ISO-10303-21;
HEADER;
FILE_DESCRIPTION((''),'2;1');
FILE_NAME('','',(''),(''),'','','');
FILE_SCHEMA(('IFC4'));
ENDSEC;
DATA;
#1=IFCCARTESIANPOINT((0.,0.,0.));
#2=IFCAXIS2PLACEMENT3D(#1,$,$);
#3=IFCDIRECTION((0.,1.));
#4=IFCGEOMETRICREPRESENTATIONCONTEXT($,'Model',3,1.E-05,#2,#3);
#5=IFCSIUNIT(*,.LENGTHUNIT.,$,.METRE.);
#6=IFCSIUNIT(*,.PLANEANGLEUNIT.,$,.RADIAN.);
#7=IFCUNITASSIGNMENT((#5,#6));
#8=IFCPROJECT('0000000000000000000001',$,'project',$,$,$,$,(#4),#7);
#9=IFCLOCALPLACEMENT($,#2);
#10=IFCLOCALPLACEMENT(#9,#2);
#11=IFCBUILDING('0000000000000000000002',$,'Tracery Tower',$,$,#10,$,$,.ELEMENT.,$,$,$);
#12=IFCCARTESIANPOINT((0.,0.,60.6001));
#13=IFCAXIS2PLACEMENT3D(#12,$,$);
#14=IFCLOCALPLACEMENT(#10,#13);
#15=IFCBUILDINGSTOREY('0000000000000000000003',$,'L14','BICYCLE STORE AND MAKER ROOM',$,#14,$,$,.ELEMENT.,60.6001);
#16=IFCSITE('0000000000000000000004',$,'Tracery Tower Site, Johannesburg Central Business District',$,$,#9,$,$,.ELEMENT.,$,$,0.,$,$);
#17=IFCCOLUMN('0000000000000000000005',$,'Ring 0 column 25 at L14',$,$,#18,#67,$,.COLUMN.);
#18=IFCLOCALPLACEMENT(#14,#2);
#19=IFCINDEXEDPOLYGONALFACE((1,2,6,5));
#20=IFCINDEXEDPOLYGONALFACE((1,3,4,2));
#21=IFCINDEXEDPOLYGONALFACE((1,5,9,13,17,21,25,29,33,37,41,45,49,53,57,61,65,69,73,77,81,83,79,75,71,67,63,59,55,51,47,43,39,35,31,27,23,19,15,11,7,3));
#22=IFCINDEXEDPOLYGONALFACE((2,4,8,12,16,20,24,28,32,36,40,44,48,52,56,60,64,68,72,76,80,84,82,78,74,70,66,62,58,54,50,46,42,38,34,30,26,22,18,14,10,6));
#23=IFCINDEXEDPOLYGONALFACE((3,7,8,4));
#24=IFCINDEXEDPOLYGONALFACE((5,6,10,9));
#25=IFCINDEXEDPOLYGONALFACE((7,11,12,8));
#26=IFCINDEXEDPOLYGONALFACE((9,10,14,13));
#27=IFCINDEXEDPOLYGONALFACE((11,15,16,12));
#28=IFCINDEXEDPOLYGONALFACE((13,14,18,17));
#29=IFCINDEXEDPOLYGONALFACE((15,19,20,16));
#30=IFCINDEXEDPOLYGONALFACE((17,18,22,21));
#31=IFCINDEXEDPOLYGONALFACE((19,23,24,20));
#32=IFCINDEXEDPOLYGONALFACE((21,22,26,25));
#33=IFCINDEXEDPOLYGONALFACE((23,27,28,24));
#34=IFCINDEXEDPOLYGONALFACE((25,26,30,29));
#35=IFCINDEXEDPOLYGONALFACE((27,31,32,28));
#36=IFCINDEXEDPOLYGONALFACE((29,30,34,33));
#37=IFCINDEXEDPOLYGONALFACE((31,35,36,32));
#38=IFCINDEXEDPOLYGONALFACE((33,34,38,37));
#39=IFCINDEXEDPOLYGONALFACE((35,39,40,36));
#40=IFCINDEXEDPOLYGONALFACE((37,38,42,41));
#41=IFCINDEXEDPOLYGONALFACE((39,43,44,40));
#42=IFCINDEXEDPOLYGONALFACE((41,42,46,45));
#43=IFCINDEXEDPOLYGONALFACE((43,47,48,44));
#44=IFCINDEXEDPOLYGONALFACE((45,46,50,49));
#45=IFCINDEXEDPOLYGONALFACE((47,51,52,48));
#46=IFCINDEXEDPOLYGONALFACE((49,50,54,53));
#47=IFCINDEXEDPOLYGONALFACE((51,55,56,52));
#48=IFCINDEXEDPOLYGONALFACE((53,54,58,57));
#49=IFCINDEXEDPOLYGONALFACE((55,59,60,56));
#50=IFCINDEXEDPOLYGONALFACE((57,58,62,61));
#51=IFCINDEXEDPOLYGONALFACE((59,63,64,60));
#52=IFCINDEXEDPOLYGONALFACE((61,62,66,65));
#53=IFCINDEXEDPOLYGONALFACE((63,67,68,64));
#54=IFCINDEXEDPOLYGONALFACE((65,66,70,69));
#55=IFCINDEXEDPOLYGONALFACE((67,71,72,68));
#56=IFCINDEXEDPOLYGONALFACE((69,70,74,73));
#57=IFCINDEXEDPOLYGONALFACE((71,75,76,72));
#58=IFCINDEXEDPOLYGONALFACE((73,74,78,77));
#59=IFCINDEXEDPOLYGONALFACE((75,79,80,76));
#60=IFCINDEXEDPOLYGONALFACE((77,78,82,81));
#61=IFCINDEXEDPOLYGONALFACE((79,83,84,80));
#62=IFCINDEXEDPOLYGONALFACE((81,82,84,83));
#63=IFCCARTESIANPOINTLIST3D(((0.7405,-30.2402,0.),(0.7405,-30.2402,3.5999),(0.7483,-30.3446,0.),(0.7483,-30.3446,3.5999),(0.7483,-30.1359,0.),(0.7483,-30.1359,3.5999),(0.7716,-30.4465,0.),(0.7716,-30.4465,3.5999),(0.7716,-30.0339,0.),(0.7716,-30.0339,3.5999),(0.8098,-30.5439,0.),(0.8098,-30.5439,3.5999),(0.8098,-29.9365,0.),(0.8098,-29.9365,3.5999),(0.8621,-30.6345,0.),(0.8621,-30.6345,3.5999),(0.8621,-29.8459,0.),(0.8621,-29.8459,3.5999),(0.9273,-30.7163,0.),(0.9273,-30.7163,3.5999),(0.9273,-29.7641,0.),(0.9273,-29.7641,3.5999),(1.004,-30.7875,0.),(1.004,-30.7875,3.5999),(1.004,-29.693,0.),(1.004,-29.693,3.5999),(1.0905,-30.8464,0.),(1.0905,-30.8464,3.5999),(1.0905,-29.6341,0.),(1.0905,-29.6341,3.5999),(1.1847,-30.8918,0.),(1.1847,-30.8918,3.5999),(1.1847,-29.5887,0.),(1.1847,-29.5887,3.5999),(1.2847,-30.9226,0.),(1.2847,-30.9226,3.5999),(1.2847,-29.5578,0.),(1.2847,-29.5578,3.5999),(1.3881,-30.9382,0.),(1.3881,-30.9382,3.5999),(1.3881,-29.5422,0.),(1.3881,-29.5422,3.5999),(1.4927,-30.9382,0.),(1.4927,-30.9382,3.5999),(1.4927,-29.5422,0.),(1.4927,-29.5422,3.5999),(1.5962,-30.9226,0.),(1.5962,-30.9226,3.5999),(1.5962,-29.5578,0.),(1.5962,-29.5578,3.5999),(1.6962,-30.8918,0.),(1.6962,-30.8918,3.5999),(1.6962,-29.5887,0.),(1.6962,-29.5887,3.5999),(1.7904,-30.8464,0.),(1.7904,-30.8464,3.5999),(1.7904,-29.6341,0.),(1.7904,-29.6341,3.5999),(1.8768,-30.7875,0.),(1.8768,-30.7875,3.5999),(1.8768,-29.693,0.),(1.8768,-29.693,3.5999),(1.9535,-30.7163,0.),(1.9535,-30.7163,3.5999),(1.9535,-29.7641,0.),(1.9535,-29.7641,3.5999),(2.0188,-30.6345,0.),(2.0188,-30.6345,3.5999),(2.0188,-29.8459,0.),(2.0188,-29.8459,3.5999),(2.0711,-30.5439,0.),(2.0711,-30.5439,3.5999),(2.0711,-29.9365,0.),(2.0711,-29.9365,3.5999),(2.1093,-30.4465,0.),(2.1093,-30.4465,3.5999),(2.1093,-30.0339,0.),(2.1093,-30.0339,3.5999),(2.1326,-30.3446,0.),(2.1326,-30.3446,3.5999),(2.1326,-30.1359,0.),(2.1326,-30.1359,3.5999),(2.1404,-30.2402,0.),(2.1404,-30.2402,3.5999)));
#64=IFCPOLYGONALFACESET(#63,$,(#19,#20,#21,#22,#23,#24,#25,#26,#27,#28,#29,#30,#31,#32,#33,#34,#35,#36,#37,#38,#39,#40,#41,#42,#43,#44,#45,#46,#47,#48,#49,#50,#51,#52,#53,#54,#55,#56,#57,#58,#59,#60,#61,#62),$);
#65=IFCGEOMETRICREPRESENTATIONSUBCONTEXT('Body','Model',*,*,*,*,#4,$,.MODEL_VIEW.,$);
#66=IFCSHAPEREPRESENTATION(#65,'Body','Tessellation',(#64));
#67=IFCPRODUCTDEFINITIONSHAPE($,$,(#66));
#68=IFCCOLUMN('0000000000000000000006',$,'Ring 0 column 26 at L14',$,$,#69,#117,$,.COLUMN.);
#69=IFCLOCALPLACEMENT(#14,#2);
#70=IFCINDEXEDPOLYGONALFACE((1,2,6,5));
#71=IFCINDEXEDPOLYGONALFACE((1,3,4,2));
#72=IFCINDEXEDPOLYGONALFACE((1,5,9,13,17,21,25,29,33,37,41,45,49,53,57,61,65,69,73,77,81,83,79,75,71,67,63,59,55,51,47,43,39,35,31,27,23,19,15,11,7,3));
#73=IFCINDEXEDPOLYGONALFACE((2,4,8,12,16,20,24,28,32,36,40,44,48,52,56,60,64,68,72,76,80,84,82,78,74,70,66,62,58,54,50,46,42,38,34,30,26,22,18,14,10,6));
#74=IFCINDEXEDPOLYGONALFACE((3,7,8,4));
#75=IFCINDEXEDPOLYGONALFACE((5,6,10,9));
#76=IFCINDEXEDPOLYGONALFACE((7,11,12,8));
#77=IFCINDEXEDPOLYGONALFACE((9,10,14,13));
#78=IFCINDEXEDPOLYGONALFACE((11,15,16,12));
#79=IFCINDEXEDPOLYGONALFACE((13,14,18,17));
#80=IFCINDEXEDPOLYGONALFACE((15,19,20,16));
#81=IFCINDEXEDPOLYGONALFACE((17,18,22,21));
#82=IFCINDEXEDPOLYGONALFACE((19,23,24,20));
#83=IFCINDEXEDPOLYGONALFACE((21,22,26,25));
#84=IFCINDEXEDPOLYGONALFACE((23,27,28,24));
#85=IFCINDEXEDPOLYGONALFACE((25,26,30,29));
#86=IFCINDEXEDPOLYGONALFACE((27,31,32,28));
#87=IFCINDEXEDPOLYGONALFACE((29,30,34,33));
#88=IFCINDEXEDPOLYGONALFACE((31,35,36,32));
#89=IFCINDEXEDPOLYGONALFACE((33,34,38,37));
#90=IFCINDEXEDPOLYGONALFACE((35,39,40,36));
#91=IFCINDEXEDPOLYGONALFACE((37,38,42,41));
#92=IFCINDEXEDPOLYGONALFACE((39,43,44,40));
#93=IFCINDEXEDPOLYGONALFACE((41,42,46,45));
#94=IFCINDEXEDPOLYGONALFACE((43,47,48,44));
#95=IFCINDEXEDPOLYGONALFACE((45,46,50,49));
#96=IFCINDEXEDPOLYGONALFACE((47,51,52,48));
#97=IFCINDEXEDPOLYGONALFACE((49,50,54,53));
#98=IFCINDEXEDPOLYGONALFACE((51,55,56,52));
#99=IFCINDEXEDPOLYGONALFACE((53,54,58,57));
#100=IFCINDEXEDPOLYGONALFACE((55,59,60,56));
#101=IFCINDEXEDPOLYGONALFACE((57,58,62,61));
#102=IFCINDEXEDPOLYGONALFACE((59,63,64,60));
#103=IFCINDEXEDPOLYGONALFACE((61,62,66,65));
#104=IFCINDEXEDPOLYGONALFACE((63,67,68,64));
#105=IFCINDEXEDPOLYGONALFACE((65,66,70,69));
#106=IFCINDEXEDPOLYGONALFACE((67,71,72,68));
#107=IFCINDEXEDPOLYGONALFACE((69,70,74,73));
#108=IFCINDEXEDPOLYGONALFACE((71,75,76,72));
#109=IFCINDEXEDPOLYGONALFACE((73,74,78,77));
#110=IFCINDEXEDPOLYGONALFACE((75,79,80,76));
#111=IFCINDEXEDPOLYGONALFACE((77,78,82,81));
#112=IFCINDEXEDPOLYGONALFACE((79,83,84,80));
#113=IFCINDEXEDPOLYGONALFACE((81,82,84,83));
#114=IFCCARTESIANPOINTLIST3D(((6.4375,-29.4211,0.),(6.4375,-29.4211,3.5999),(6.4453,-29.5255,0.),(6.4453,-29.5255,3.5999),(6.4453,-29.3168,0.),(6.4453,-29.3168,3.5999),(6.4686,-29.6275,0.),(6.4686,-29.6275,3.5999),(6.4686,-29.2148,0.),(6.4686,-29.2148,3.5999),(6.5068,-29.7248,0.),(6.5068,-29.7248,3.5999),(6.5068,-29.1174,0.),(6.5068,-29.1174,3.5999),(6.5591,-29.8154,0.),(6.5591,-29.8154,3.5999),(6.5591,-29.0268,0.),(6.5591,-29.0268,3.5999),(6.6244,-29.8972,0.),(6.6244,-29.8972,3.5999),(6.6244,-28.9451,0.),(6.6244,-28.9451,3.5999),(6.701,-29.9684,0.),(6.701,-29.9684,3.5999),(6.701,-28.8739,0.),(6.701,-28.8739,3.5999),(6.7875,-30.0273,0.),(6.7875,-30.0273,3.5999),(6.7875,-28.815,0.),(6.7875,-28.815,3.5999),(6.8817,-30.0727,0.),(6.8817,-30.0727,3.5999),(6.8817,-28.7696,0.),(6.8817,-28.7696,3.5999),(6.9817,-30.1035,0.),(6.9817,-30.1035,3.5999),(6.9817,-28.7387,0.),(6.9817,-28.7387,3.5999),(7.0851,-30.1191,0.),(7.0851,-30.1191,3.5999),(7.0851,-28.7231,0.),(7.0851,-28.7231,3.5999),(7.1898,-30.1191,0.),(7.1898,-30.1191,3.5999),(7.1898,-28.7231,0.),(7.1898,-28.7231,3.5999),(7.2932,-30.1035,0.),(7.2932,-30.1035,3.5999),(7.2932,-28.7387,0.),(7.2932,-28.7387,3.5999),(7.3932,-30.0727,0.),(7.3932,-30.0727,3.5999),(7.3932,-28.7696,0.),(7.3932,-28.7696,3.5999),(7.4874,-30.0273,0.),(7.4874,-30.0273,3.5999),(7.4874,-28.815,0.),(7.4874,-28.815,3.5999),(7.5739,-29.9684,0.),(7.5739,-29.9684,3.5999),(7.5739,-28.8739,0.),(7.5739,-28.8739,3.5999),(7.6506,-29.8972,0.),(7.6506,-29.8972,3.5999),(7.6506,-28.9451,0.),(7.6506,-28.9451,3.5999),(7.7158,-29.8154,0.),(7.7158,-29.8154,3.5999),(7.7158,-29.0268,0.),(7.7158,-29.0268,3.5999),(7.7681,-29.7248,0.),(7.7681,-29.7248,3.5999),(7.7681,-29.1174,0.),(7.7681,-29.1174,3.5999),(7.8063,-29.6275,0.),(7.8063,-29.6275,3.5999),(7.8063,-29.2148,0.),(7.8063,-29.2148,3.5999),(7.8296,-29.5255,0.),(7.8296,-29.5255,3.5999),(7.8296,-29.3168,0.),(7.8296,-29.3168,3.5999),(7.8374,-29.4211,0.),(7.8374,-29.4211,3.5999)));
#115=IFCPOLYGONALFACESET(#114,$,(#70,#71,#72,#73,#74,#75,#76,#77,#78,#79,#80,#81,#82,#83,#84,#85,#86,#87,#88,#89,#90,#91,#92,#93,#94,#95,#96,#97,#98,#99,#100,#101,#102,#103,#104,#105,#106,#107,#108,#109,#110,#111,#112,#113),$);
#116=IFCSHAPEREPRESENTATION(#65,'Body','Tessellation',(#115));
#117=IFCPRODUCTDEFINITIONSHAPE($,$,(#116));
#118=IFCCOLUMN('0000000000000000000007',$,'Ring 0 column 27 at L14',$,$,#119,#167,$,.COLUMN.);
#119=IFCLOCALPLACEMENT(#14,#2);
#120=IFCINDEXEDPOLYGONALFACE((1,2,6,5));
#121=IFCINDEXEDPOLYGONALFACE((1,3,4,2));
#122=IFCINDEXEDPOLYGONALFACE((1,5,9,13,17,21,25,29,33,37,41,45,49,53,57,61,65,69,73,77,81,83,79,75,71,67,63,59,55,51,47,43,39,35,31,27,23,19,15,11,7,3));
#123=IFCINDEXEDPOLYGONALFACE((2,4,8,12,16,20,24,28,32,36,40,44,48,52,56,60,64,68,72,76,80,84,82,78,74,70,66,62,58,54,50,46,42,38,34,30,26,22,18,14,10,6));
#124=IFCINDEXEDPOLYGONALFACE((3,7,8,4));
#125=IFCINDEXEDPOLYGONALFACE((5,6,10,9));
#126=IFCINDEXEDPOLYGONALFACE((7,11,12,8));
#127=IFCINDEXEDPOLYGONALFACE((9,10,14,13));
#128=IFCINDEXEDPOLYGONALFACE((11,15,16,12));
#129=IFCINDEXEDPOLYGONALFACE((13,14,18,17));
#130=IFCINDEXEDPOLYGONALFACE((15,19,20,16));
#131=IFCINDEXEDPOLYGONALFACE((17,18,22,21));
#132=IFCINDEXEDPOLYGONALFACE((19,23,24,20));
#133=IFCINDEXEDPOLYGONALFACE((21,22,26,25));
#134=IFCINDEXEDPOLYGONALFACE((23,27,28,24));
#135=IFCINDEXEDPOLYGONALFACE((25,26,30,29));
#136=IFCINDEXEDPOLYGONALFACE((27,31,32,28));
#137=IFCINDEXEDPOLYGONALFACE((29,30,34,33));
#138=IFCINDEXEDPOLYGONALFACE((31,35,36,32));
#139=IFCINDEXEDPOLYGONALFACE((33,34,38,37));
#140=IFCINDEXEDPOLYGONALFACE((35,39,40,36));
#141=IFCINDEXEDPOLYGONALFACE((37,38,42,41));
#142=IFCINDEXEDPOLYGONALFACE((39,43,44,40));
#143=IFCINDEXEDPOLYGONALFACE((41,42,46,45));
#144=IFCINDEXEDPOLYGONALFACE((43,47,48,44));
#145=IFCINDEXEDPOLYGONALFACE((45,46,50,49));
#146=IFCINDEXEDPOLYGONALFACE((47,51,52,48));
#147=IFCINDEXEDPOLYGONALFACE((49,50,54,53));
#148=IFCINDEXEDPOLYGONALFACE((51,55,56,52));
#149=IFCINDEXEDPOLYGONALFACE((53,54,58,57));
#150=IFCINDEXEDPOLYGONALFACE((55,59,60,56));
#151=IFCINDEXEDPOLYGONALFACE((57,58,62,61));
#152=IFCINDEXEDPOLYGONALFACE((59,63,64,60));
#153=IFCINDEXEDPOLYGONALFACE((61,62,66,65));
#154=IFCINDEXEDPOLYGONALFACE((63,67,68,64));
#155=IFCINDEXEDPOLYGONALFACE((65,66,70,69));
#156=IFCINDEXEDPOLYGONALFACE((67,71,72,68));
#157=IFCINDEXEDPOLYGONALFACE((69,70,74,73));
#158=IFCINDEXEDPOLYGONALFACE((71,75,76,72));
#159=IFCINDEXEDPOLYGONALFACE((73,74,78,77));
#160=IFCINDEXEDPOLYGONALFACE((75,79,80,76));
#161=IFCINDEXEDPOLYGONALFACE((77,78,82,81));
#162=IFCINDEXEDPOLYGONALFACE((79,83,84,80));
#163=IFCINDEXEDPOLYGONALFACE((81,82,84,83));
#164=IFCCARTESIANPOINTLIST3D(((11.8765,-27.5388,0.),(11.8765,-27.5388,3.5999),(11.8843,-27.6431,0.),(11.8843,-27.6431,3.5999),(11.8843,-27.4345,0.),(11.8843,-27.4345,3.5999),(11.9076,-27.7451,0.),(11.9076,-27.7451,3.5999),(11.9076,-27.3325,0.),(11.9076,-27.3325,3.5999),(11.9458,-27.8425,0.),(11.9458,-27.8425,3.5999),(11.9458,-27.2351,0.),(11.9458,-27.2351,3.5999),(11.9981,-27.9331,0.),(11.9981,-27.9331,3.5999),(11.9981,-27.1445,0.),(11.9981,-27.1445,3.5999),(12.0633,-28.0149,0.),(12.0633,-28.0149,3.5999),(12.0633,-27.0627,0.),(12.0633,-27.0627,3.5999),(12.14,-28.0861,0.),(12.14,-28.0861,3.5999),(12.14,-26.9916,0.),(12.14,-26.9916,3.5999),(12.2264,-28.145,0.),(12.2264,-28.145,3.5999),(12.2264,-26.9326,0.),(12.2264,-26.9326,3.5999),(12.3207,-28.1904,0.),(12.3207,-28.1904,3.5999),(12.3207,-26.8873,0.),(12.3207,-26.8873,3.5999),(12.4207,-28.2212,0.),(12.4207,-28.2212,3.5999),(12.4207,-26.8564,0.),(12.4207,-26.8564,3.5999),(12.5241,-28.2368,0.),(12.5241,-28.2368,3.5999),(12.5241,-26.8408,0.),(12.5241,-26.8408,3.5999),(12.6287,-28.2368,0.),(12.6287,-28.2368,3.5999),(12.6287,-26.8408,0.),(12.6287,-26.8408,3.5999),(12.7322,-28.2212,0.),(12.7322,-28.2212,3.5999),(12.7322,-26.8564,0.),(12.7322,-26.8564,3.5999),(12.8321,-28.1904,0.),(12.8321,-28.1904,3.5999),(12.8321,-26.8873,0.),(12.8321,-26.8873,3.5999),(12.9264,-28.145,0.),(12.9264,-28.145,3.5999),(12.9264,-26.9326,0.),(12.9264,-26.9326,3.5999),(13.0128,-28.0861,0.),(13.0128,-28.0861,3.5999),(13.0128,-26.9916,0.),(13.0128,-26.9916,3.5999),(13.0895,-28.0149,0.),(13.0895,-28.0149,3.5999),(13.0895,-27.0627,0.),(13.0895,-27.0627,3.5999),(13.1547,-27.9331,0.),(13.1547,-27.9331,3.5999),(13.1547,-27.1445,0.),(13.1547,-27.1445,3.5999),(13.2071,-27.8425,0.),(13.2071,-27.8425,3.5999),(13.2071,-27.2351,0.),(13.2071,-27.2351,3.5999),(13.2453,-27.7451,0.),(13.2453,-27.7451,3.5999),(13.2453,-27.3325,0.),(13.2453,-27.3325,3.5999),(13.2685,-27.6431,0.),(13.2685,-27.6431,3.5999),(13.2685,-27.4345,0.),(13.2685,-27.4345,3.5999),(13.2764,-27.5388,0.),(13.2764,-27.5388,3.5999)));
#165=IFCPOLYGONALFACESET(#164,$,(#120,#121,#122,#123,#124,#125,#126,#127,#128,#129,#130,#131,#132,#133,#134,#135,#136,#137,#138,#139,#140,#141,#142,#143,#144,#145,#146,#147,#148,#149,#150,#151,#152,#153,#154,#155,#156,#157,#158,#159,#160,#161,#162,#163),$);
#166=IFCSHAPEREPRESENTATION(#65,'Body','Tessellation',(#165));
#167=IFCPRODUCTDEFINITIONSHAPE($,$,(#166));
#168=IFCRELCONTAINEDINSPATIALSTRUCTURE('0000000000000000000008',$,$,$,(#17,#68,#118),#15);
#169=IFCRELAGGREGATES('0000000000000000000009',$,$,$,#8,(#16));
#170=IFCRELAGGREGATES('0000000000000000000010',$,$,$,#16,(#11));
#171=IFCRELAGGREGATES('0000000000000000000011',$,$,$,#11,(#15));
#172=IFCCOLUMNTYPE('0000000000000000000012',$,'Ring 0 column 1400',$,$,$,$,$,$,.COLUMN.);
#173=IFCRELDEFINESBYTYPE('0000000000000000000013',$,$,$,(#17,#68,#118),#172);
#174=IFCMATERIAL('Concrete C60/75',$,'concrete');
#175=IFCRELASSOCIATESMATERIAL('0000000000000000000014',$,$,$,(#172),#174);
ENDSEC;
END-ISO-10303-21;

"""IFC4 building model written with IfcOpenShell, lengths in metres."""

from ifc_helpers import new_model, si_unit, direction, frame, origin, origin_2d, place, context, subcontext, project, spatial, circle, extrude, material, material_profile, profile_set, type_object, element, save


model = new_model("IFC4")

# Units and contexts
model_context = context("Model", 3, precision=1e-05, world=origin(), true_north=direction((0.0, 1.0)))
body_context = subcontext(model_context, "Body", "Model", "MODEL_VIEW")
ifc_project = project(units=[si_unit("LENGTHUNIT", "METRE"), si_unit("PLANEANGLEUNIT", "RADIAN")], contexts=[model_context])

# Site, building, storey
site_placement = place(None, origin())
site = spatial("IfcSite", under=ifc_project, at=site_placement, Name="Tracery Tower Site, Johannesburg Central Business District", CompositionType="ELEMENT", RefElevation=0.0)
building_placement = place(site_placement, origin())
building = spatial("IfcBuilding", under=site, at=building_placement, Name="Tracery Tower", CompositionType="ELEMENT")
storey_placement = place(building_placement, frame((0.0, 0.0, 60.6001)))
storey = spatial("IfcBuildingStorey", under=building, at=storey_placement, Name="L14", Description="BICYCLE STORE AND MAKER ROOM", CompositionType="ELEMENT", Elevation=60.6001)

# Columns
ifc_material_1 = material(Name="Concrete C60/75", Category="concrete")
ifc_material_profile_1 = material_profile(ifc_material_1, circle(Radius=0.7, at=origin_2d()), Name="RC D1400")
ifc_profile_set_1 = profile_set([ifc_material_profile_1], Name="Concrete C60/75")
column_type_1 = type_object("IfcColumnType", Name="Ring 0 column 1400", PredefinedType="COLUMN", material=ifc_profile_set_1)
for number, where, z_axis, x_axis, name in (
    (1, (1.4404, -30.2402, 0.0), (0.0, 0.0, 1.0), (1.0, 0.0, 0.0), "Ring 0 column 25 at L14"),
    (2, (7.1375, -29.4211, 0.0), (0.0, 0.0, 1.0), (1.0, 0.0, 0.0), "Ring 0 column 26 at L14"),
    (3, (12.5764, -27.5388, 0.0), (0.0, 0.0, 1.0), (1.0, 0.0, 0.0), "Ring 0 column 27 at L14"),
):
    element("IfcColumn", number, at=place(storey_placement, frame(where, z_axis=z_axis, x_axis=x_axis)), inside=storey, type_object=column_type_1, Name=name, PredefinedType="COLUMN", context=body_context, shape_type="SweptSolid", body=[
        extrude(circle(Radius=0.7, at=origin_2d()), origin(), (0.0, 0.0, 1.0), 3.5999),
    ])

save(model, "model.ifc")
